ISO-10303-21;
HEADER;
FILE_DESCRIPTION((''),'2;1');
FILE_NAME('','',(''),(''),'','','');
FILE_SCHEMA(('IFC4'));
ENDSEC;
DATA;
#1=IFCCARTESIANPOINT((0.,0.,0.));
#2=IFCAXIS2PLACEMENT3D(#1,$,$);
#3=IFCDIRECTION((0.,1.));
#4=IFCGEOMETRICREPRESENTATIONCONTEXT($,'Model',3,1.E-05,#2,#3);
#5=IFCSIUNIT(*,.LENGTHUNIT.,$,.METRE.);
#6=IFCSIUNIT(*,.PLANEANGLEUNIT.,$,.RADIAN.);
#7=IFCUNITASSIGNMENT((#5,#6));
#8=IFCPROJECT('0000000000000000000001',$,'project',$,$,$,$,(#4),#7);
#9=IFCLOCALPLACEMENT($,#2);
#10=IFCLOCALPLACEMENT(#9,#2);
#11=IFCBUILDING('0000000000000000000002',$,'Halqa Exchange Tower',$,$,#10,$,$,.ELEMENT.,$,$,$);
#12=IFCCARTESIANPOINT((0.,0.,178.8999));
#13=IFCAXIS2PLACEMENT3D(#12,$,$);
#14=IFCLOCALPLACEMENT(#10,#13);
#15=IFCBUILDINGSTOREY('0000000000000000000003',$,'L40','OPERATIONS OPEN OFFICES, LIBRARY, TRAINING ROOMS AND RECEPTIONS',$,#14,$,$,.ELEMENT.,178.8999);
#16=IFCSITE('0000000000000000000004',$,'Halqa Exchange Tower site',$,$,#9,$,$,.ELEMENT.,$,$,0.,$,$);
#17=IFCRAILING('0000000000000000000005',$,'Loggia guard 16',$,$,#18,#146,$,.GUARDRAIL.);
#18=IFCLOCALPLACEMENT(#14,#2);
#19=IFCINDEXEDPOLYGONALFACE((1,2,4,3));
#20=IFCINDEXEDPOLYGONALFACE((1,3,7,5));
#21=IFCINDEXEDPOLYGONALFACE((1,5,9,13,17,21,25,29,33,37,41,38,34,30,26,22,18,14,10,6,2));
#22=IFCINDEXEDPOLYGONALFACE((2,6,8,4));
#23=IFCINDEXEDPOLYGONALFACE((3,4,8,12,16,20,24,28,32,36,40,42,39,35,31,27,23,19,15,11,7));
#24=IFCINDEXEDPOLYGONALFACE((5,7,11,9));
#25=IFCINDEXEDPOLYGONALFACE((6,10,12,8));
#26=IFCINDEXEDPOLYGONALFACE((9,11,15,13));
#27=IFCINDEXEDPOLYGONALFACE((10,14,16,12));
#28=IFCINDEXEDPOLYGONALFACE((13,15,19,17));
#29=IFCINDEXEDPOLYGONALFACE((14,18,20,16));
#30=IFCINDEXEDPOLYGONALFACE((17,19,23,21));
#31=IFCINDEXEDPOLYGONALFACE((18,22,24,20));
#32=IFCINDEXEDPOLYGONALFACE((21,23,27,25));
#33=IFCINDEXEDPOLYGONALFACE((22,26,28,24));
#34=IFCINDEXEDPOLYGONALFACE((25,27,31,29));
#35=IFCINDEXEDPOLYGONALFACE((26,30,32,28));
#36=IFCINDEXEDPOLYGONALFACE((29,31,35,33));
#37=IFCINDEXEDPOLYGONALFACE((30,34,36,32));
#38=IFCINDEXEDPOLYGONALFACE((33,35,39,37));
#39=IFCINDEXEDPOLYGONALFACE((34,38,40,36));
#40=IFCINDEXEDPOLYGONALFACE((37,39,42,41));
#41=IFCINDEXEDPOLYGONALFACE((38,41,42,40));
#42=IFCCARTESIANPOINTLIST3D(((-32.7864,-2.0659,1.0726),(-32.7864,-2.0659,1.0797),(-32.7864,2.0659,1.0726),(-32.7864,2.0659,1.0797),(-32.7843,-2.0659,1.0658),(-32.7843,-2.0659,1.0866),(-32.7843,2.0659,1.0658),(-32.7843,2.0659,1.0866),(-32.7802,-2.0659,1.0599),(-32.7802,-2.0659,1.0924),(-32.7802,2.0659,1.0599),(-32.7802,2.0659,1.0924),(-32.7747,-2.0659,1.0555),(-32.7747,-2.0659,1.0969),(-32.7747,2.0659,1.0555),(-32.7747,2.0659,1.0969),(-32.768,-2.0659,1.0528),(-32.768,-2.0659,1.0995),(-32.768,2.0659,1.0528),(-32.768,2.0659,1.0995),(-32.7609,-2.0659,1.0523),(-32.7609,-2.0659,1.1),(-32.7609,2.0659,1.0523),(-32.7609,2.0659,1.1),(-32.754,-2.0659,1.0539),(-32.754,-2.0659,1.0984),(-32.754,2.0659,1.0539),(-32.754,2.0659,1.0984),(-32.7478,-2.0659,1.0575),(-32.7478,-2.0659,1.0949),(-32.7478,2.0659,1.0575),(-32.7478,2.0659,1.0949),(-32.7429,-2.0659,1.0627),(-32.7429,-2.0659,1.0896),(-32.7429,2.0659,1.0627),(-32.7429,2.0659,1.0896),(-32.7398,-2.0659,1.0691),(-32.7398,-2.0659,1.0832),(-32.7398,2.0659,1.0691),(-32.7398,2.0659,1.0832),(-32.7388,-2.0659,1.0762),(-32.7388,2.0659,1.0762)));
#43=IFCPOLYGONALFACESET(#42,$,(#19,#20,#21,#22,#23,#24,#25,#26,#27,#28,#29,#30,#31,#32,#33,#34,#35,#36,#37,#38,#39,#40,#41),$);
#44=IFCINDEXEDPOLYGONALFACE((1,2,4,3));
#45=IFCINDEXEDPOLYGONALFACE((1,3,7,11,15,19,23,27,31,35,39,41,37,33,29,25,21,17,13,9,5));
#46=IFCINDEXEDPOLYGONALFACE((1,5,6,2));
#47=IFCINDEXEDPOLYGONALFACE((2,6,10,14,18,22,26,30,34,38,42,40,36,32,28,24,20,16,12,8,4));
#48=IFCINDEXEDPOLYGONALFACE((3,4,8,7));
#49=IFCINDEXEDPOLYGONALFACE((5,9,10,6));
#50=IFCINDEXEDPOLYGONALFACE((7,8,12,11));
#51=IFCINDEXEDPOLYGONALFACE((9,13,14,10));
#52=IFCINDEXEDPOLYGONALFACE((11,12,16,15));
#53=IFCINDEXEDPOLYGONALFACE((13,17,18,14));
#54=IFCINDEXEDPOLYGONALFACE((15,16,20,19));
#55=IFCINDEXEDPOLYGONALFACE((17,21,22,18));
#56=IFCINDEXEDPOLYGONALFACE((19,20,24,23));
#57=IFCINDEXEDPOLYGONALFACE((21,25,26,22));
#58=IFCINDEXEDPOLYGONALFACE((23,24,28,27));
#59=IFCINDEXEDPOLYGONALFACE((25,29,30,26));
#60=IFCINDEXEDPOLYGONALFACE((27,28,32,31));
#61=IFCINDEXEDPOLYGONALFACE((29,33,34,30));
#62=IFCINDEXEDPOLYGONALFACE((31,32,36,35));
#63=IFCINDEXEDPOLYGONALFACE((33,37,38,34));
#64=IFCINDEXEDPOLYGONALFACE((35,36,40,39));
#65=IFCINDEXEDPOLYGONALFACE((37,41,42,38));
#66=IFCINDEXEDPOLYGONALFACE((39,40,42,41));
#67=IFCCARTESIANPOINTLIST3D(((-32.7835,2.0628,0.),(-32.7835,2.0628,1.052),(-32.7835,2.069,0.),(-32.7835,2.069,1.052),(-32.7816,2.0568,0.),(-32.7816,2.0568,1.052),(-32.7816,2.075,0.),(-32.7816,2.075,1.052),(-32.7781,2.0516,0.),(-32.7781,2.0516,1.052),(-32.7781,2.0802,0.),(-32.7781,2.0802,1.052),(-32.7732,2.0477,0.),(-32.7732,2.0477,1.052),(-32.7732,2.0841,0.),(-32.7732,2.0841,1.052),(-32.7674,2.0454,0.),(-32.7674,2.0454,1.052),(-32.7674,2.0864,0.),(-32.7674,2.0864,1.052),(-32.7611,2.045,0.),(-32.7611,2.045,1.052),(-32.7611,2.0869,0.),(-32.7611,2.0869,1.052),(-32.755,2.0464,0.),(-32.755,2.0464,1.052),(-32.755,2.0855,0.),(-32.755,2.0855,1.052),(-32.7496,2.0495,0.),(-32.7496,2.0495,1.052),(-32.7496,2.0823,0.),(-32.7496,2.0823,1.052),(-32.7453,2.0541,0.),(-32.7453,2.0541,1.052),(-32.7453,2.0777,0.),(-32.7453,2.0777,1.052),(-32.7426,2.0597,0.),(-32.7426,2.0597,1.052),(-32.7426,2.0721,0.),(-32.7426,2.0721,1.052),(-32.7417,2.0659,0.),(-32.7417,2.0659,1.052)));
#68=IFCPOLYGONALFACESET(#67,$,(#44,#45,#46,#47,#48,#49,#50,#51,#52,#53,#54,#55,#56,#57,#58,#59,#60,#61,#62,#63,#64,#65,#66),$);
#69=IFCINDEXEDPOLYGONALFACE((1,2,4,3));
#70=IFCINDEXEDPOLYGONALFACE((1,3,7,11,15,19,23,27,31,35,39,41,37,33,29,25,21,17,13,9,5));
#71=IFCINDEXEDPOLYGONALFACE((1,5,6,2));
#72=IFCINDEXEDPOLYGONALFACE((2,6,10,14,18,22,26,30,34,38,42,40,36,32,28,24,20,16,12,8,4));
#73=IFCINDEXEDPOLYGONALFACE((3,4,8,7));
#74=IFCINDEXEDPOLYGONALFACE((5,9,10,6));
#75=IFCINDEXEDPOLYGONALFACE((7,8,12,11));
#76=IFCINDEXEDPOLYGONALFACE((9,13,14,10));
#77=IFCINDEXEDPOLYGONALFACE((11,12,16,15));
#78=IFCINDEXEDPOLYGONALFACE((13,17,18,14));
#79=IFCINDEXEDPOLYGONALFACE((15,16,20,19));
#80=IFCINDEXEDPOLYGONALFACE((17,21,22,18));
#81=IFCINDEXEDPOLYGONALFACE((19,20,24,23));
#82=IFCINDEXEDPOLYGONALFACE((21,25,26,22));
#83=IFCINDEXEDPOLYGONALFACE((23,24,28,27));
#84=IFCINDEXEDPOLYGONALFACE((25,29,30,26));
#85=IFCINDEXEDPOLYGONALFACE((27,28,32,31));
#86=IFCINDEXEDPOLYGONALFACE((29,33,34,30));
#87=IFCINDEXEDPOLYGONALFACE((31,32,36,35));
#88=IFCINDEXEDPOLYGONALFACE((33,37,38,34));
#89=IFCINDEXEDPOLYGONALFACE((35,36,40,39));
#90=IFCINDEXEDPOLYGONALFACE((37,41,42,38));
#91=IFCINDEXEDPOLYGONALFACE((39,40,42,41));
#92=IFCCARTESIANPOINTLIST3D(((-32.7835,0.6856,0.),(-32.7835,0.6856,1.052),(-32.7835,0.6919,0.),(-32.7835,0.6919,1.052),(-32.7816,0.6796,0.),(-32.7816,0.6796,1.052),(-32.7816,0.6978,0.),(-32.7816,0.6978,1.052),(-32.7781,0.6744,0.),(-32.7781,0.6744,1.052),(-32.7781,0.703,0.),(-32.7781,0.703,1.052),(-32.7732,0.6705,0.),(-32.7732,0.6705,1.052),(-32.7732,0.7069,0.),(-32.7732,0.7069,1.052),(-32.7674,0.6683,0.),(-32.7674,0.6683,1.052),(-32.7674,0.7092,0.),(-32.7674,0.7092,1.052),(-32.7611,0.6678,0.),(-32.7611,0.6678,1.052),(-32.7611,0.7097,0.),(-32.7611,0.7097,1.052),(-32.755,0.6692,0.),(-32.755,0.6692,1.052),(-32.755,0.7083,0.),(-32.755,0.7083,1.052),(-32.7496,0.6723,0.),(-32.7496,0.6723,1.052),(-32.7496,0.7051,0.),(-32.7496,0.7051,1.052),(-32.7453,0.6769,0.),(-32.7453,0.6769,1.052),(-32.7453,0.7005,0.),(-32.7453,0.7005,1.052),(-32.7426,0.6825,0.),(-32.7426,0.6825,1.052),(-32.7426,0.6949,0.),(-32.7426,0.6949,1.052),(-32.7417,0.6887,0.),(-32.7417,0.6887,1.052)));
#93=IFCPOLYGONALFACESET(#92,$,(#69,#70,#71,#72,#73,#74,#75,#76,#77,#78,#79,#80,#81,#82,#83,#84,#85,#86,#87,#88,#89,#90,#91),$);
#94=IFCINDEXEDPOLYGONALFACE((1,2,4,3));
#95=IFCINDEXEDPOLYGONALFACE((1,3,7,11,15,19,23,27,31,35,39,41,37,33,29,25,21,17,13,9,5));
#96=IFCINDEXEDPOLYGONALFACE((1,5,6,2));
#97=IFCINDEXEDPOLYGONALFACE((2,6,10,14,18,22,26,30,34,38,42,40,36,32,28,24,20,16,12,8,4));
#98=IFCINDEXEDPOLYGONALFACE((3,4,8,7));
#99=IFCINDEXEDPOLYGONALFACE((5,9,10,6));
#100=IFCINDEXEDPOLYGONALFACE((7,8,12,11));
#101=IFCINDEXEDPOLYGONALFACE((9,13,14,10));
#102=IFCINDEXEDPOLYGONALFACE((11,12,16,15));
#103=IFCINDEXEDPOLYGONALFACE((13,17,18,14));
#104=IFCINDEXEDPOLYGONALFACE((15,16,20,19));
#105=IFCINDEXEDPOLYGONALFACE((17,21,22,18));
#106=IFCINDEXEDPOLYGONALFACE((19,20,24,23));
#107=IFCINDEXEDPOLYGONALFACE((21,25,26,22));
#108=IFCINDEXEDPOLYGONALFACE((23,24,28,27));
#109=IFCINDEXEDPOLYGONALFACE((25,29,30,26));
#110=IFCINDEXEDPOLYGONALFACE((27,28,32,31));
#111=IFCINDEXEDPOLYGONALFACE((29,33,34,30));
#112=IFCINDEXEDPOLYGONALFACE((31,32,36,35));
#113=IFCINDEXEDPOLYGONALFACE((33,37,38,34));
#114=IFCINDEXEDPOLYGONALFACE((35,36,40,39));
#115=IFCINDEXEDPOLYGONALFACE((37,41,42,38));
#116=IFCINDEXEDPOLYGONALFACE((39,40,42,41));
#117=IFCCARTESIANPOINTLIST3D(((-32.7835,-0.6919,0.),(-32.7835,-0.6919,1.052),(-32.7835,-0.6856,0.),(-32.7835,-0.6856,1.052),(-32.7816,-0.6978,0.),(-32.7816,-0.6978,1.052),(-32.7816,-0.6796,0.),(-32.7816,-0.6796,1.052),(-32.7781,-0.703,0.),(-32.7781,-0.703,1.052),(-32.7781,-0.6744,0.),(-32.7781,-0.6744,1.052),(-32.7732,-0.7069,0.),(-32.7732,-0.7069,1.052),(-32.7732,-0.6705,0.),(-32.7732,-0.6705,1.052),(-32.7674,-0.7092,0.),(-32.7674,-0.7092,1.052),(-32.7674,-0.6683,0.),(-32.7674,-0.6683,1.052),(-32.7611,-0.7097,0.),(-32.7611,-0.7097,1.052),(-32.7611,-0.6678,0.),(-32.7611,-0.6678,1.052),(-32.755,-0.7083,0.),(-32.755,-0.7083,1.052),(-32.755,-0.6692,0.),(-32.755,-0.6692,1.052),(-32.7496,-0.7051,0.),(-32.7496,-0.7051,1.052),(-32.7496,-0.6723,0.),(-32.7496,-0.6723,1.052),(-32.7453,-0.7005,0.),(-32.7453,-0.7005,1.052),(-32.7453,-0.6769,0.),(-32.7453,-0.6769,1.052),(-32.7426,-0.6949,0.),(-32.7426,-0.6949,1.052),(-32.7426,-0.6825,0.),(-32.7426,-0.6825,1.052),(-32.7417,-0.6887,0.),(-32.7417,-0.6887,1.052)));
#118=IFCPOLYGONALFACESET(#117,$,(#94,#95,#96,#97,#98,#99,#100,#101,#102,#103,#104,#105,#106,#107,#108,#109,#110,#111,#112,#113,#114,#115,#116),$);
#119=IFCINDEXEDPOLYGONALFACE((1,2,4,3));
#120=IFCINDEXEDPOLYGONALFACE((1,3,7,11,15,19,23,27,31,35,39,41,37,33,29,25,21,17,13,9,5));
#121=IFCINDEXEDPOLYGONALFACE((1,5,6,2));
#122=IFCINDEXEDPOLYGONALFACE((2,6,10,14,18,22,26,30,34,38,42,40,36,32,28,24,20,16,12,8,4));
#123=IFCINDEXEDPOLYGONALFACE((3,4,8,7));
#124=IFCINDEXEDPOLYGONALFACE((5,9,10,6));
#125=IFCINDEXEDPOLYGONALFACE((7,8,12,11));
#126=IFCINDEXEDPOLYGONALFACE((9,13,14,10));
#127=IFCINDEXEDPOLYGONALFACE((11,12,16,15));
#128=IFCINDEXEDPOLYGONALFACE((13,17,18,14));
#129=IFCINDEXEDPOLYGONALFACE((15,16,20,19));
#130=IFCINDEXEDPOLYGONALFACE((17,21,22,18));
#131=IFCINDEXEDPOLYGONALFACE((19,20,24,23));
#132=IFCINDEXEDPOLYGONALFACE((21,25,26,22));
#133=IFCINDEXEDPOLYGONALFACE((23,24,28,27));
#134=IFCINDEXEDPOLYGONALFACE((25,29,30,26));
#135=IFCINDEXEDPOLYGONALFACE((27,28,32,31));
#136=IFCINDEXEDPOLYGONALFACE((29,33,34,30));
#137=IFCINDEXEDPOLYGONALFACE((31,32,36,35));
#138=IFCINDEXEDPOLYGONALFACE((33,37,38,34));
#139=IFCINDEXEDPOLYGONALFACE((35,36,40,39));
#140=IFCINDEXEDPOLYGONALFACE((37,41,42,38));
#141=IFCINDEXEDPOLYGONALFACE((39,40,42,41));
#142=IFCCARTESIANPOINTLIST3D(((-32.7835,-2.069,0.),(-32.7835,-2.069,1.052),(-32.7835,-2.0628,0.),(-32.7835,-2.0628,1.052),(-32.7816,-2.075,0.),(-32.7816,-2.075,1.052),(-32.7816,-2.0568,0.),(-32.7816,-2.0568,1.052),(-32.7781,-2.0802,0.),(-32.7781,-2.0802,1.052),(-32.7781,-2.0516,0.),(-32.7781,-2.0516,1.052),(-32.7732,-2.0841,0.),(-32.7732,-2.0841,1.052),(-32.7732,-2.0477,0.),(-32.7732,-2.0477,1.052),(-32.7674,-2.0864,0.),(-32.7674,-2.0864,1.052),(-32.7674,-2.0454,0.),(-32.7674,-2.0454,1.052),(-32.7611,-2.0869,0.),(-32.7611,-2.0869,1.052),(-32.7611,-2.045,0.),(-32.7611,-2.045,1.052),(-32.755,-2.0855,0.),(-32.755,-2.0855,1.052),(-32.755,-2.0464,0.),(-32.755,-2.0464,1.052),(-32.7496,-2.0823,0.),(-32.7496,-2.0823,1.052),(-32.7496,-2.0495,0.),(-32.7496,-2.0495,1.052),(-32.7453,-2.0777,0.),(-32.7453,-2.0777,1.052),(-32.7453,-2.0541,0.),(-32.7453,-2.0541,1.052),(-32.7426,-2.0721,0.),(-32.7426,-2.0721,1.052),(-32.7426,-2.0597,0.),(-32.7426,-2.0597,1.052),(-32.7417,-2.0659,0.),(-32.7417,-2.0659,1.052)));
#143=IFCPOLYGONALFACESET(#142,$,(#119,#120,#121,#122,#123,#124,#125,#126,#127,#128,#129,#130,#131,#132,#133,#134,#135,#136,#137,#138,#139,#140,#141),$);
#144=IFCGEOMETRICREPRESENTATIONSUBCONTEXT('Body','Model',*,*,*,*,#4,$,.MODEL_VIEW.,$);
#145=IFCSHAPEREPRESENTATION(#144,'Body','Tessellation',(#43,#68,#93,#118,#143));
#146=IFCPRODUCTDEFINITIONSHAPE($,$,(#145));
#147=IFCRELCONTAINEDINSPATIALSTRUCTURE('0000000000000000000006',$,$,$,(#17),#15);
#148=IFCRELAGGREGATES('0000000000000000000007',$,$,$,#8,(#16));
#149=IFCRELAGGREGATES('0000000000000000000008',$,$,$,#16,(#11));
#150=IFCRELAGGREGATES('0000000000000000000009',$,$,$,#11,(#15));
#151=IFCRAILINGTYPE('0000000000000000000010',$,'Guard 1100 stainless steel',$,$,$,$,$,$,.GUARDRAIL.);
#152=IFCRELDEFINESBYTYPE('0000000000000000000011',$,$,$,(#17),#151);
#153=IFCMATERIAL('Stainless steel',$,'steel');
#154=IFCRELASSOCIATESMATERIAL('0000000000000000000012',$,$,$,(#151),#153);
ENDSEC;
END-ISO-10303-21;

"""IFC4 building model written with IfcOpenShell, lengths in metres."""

from ifc_helpers import new_model, si_unit, direction, frame, origin, origin_2d, place, context, subcontext, project, spatial, circle, extrude, material, type_object, element, save


model = new_model("IFC4")

# Units and contexts
model_context = context("Model", 3, precision=1e-05, world=origin(), true_north=direction((0.0, 1.0)))
body_context = subcontext(model_context, "Body", "Model", "MODEL_VIEW")
ifc_project = project(units=[si_unit("LENGTHUNIT", "METRE"), si_unit("PLANEANGLEUNIT", "RADIAN")], contexts=[model_context])

# Site, building, storey
site_placement = place(None, origin())
site = spatial("IfcSite", under=ifc_project, at=site_placement, Name="Halqa Exchange Tower site", CompositionType="ELEMENT", RefElevation=0.0)
building_placement = place(site_placement, origin())
building = spatial("IfcBuilding", under=site, at=building_placement, Name="Halqa Exchange Tower", CompositionType="ELEMENT")
storey_placement = place(building_placement, frame((0.0, 0.0, 178.8999)))
storey = spatial("IfcBuildingStorey", under=building, at=storey_placement, Name="L40", Description="OPERATIONS OPEN OFFICES, LIBRARY, TRAINING ROOMS AND RECEPTIONS", CompositionType="ELEMENT", Elevation=178.8999)

# Railing
ifc_material_1 = material(Name="Stainless steel", Category="steel")
railing_type = type_object("IfcRailingType", Name="Guard 1100 stainless steel", PredefinedType="GUARDRAIL", material=ifc_material_1)
railing_1_placement = place(storey_placement, frame((-32.7627, 2.0659, 0.0)))
element("IfcRailing", 1, at=railing_1_placement, inside=storey, type_object=railing_type, Name="Loggia guard 16", PredefinedType="GUARDRAIL", context=body_context, shape_type="SweptSolid", body=[
    extrude(circle(Radius=0.0239, at=origin_2d()), frame((0.0, 0.0, 1.0762), z_axis=(0.0, -1.0, 0.0), x_axis=(1.0, 0.0, 0.0)), (0.0, 0.0, 1.0), 4.1318),
    extrude(circle(Radius=0.021, at=origin_2d()), origin(), (0.0, 0.0, 1.0), 1.052),
    extrude(circle(Radius=0.021, at=origin_2d()), frame((0.0, -1.3772, 0.0)), (0.0, 0.0, 1.0), 1.052),
    extrude(circle(Radius=0.021, at=origin_2d()), frame((0.0, -2.7546, 0.0)), (0.0, 0.0, 1.0), 1.052),
    extrude(circle(Radius=0.021, at=origin_2d()), frame((0.0, -4.1318, 0.0)), (0.0, 0.0, 1.0), 1.052),
])

save(model, "model.ifc")
